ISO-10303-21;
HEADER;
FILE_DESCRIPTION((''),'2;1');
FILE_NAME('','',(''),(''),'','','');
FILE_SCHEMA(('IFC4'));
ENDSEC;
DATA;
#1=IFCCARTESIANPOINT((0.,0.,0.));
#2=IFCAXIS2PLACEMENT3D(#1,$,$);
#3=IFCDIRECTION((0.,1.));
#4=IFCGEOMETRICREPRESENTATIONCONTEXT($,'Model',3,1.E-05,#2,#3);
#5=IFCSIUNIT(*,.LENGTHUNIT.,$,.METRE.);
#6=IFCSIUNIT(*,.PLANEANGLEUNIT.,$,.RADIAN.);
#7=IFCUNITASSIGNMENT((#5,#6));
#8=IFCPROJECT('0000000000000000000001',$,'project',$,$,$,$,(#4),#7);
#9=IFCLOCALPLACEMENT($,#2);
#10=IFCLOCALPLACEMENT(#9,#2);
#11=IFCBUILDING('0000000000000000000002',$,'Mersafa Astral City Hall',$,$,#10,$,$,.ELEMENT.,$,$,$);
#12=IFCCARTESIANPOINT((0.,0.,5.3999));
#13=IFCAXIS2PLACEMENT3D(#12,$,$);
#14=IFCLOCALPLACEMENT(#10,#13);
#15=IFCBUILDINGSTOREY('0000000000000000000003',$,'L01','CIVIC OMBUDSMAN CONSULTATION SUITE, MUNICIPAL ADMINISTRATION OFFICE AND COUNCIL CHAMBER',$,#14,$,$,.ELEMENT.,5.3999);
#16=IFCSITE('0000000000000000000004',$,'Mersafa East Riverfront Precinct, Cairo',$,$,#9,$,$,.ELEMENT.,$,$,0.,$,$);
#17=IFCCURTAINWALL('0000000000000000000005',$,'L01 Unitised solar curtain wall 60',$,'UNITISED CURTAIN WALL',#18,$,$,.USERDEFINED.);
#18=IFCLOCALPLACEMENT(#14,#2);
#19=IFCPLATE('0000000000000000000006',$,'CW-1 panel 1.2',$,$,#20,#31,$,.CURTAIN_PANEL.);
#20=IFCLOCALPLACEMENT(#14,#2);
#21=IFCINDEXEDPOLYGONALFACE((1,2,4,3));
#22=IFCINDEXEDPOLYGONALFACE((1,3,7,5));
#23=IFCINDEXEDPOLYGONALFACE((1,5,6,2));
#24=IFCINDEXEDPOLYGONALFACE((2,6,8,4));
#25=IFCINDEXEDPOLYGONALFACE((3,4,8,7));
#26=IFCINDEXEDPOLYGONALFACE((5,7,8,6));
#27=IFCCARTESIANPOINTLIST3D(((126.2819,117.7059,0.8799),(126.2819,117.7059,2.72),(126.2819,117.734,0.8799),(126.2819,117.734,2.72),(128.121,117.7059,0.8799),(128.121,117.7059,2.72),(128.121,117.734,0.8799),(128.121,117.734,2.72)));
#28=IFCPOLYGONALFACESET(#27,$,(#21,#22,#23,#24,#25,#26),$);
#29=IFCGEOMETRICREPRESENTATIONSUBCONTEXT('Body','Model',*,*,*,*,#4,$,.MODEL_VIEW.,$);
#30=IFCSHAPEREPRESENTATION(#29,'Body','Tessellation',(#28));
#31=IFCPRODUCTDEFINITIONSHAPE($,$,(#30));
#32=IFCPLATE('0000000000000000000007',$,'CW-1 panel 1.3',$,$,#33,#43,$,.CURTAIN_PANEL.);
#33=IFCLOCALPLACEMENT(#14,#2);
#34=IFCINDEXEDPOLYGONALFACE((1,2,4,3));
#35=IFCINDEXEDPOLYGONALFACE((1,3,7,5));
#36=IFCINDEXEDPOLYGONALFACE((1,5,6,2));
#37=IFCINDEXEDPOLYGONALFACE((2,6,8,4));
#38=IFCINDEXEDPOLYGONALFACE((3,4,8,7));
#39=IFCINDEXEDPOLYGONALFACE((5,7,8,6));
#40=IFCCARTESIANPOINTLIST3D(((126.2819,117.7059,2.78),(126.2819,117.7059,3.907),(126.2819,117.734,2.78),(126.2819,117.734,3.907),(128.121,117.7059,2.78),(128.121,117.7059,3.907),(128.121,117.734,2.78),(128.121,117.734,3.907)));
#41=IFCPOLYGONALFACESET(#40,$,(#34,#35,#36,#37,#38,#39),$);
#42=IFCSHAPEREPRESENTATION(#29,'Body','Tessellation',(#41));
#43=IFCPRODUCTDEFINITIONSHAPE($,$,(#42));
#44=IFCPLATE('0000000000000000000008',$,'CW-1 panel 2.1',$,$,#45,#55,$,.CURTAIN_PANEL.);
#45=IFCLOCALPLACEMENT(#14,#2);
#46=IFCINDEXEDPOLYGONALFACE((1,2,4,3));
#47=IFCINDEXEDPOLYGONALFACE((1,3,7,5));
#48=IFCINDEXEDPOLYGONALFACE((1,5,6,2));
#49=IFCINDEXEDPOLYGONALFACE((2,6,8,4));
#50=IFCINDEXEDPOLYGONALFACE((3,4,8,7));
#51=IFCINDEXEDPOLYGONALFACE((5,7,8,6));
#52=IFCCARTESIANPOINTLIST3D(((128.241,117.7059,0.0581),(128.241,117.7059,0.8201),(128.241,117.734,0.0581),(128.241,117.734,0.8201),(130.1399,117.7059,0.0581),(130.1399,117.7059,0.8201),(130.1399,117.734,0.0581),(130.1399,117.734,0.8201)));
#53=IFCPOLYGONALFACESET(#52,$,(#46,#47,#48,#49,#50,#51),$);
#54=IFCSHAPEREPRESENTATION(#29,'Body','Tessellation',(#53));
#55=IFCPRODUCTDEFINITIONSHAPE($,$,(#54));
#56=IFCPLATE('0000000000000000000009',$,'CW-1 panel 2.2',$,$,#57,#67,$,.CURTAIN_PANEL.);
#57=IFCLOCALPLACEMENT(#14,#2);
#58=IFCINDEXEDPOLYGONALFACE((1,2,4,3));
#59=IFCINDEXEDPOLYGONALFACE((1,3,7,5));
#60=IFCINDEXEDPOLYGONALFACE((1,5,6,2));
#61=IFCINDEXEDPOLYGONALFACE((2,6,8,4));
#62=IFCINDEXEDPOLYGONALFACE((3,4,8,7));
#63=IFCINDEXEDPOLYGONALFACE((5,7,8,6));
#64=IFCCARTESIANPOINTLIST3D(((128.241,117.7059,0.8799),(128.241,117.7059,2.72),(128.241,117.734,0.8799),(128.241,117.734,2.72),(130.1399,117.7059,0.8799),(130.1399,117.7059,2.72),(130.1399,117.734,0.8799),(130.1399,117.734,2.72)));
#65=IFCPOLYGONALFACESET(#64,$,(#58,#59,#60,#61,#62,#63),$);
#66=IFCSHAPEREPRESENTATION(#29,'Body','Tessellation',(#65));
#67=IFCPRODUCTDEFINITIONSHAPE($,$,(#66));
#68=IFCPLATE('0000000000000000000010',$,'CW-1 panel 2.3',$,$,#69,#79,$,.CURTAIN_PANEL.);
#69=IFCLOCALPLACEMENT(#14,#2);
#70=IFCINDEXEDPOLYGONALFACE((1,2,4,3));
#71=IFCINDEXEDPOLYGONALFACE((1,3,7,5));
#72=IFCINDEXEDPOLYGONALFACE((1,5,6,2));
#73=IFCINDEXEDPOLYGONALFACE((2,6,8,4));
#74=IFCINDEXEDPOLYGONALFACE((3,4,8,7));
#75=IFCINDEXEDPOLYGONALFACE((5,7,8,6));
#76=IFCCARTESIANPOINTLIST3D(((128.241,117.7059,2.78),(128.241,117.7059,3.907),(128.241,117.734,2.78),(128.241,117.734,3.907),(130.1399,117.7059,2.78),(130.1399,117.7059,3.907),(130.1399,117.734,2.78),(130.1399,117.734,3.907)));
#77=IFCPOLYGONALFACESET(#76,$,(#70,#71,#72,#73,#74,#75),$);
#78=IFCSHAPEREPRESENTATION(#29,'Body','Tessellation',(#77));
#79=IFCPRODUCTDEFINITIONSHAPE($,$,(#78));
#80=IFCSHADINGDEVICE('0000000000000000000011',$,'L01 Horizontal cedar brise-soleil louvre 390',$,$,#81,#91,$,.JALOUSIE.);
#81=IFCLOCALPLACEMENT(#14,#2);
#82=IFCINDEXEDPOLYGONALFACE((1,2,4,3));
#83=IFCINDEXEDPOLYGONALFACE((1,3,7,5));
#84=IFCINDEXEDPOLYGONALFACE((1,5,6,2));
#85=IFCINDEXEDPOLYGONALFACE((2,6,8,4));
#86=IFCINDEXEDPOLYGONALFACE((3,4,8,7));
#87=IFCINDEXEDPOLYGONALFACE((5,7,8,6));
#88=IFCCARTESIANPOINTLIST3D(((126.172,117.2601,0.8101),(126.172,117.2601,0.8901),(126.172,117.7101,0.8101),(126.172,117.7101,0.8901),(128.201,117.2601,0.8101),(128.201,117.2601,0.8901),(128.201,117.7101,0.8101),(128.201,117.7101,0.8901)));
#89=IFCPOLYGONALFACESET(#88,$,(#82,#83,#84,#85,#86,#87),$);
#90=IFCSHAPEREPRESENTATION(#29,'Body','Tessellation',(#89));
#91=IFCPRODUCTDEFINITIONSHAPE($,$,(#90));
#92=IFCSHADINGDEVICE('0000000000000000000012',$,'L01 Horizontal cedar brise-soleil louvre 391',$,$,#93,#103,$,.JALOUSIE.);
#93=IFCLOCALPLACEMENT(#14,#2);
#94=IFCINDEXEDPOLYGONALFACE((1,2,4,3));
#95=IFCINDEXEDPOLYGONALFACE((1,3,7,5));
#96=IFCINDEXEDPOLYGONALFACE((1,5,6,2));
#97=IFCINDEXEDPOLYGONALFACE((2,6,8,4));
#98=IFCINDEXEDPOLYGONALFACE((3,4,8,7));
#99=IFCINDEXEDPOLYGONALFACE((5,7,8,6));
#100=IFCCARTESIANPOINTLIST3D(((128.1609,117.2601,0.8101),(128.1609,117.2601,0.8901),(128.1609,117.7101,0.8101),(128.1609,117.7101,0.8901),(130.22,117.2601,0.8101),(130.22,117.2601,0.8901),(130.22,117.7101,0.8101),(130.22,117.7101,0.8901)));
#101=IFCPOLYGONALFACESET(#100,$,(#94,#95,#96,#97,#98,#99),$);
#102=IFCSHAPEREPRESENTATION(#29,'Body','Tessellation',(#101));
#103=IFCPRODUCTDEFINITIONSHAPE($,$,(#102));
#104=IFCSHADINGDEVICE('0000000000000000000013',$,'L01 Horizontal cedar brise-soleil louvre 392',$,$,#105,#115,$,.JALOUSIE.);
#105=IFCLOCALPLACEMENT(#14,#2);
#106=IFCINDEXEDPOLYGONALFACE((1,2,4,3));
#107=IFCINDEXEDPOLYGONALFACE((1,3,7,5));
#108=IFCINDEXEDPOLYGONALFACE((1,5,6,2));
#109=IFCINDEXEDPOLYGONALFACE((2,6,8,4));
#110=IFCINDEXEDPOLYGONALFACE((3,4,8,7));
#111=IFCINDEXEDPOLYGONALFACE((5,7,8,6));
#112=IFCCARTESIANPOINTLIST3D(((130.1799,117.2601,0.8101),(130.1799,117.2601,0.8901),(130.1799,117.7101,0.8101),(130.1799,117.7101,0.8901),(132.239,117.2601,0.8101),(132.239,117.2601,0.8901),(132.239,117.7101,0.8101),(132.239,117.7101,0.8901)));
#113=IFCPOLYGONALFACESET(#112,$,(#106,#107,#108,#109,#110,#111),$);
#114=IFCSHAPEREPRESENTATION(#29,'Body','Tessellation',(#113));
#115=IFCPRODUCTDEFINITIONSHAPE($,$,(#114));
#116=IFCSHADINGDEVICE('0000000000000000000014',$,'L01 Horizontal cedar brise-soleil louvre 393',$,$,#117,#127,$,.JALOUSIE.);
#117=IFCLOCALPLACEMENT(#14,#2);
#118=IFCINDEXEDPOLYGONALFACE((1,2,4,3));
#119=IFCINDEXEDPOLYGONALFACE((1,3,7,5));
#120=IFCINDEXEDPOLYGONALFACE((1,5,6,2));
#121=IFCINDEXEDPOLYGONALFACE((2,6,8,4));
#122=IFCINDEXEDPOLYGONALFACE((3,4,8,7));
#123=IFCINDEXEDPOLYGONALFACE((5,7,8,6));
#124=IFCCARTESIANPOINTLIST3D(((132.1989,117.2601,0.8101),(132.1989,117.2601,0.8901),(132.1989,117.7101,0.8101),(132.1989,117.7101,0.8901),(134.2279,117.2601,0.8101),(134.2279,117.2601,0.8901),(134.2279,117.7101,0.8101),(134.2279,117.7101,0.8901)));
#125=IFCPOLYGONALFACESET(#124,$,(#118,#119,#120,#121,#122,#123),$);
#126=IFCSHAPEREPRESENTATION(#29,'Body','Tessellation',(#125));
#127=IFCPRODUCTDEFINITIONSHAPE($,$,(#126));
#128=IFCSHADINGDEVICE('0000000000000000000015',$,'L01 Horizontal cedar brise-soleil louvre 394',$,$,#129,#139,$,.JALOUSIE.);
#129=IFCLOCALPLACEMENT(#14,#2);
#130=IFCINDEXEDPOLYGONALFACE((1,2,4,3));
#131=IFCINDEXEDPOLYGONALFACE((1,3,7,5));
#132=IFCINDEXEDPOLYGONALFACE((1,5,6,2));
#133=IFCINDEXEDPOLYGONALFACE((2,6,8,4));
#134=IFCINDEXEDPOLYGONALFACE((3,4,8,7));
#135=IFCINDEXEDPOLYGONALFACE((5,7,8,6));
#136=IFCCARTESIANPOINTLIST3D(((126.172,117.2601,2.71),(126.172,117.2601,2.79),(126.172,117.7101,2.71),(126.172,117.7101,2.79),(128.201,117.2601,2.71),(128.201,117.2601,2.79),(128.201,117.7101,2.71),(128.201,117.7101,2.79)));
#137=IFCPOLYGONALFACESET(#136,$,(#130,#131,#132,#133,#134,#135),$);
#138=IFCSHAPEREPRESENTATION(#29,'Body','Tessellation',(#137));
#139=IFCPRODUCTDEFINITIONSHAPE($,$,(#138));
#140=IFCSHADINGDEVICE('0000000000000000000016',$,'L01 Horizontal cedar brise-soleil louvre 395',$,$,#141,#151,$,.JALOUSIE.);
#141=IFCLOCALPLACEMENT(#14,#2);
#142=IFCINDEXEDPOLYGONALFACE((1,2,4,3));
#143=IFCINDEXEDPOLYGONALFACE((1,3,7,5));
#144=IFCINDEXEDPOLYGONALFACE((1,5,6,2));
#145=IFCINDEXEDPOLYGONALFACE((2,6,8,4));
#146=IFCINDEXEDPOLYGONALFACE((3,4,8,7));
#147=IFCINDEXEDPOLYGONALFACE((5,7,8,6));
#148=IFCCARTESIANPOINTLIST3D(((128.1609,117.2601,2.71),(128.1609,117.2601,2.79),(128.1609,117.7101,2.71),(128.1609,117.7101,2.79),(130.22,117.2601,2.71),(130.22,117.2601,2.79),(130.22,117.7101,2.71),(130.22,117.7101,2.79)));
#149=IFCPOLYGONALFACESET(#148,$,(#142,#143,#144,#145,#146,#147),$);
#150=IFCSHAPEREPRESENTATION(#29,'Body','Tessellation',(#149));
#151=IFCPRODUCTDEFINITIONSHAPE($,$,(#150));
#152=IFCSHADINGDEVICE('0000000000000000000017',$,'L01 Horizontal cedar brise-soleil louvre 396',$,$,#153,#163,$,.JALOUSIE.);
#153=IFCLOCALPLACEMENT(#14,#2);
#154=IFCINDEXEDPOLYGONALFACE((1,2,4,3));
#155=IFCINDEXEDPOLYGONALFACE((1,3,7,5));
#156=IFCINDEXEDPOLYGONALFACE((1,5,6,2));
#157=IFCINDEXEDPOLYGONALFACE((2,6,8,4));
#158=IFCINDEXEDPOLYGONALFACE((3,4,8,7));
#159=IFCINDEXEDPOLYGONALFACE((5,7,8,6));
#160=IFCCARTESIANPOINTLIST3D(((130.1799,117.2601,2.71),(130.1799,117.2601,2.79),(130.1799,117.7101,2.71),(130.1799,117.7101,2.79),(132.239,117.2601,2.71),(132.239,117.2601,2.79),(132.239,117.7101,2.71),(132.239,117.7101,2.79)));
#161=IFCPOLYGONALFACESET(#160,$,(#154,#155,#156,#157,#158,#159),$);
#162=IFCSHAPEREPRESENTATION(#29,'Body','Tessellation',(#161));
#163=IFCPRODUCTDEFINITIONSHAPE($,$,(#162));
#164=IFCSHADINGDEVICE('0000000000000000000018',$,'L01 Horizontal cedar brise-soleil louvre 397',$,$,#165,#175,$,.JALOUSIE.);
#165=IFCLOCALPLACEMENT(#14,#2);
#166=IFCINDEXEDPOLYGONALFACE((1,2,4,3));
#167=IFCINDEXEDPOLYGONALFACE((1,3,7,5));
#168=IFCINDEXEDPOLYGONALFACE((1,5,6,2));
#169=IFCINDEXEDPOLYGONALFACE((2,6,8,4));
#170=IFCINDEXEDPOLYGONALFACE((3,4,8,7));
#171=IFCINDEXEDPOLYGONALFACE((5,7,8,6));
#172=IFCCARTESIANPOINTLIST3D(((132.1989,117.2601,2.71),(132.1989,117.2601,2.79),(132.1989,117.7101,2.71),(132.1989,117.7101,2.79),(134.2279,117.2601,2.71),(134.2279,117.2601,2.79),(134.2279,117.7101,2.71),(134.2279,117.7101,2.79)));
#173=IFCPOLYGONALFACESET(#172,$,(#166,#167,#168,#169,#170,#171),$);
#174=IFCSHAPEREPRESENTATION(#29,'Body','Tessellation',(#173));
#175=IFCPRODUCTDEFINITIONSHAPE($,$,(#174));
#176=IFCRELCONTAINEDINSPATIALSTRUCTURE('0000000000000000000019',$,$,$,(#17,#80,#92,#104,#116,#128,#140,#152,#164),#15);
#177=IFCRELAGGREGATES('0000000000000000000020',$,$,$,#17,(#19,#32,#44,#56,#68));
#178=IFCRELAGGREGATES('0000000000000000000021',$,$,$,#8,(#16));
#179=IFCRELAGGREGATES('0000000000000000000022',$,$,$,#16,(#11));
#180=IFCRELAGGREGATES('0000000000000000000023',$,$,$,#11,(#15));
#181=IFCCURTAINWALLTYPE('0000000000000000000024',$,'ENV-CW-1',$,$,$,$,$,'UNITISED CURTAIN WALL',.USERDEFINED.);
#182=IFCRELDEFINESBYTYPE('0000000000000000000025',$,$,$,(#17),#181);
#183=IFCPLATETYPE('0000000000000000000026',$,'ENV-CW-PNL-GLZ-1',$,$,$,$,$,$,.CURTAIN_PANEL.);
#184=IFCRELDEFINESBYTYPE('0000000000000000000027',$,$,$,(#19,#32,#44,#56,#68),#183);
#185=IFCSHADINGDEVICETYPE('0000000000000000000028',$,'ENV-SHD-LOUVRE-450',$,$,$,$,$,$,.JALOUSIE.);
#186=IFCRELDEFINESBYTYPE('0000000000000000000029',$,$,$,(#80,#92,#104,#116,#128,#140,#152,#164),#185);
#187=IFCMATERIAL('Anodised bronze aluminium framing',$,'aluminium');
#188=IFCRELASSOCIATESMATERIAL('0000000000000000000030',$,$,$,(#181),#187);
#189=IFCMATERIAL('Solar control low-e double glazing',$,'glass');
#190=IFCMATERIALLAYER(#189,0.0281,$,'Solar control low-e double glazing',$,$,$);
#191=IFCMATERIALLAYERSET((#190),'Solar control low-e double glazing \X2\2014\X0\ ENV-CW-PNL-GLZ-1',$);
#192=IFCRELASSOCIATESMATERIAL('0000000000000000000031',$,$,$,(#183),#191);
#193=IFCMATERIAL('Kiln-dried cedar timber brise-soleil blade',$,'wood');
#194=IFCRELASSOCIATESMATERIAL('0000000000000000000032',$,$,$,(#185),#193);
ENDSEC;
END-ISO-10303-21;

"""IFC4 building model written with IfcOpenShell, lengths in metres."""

from ifc_helpers import new_model, si_unit, direction, frame, origin, origin_2d, place, context, subcontext, project, spatial, rectangle, extrude, material, layer, layer_set, type_object, element, aggregate, save


model = new_model("IFC4")

# Units and contexts
model_context = context("Model", 3, precision=1e-05, world=origin(), true_north=direction((0.0, 1.0)))
body_context = subcontext(model_context, "Body", "Model", "MODEL_VIEW")
ifc_project = project(units=[si_unit("LENGTHUNIT", "METRE"), si_unit("PLANEANGLEUNIT", "RADIAN")], contexts=[model_context])

# Site, building, storey
site_placement = place(None, origin())
site = spatial("IfcSite", under=ifc_project, at=site_placement, Name="Mersafa East Riverfront Precinct, Cairo", CompositionType="ELEMENT", RefElevation=0.0)
building_placement = place(site_placement, origin())
building = spatial("IfcBuilding", under=site, at=building_placement, Name="Mersafa Astral City Hall", CompositionType="ELEMENT")
storey_placement = place(building_placement, frame((0.0, 0.0, 5.3999)))
storey = spatial("IfcBuildingStorey", under=building, at=storey_placement, Name="L01", Description="CIVIC OMBUDSMAN CONSULTATION SUITE, MUNICIPAL ADMINISTRATION OFFICE AND COUNCIL CHAMBER", CompositionType="ELEMENT", Elevation=5.3999)

# Curtain wall
ifc_material_1 = material(Name="Anodised bronze aluminium framing", Category="aluminium")
curtain_wall_type = type_object("IfcCurtainWallType", Name="ENV-CW-1", ElementType="UNITISED CURTAIN WALL", PredefinedType="USERDEFINED", material=ifc_material_1)
curtain_wall_placement = place(storey_placement, origin())
curtain_wall = element("IfcCurtainWall", 1, at=curtain_wall_placement, inside=storey, type_object=curtain_wall_type, Name="L01 Unitised solar curtain wall 60", ObjectType="UNITISED CURTAIN WALL", PredefinedType="USERDEFINED")

# Plates
ifc_material_2 = material(Name="Solar control low-e double glazing", Category="glass")
ifc_layer = layer(ifc_material_2, 0.0281, Name="Solar control low-e double glazing")
ifc_layer_set = layer_set([ifc_layer], Name="Solar control low-e double glazing — ENV-CW-PNL-GLZ-1")
plate_type = type_object("IfcPlateType", Name="ENV-CW-PNL-GLZ-1", PredefinedType="CURTAIN_PANEL", material=ifc_layer_set)
plate_1_placement = place(storey_placement, frame((127.2014, 117.72, 0.8799), z_axis=(0.0, 0.0, 1.0), x_axis=(1.0, 0.0, 0.0)))
plate_1 = element("IfcPlate", 2, at=plate_1_placement, type_object=plate_type, Name="CW-1 panel 1.2", PredefinedType="CURTAIN_PANEL", context=body_context, shape_type="SweptSolid", body=[
    extrude(rectangle(XDim=1.8391, YDim=0.0281, at=origin_2d()), origin(), (0.0, 0.0, 1.0), 1.8401),
])
plate_2_placement = place(storey_placement, frame((127.2014, 117.72, 2.78), z_axis=(0.0, 0.0, 1.0), x_axis=(1.0, 0.0, 0.0)))
plate_2 = element("IfcPlate", 3, at=plate_2_placement, type_object=plate_type, Name="CW-1 panel 1.3", PredefinedType="CURTAIN_PANEL", context=body_context, shape_type="SweptSolid", body=[
    extrude(rectangle(XDim=1.8391, YDim=0.0281, at=origin_2d()), origin(), (0.0, 0.0, 1.0), 1.127),
])
plate_3_placement = place(storey_placement, frame((129.1904, 117.72, 0.0581), z_axis=(0.0, 0.0, 1.0), x_axis=(1.0, 0.0, 0.0)))
plate_3 = element("IfcPlate", 4, at=plate_3_placement, type_object=plate_type, Name="CW-1 panel 2.1", PredefinedType="CURTAIN_PANEL", context=body_context, shape_type="SweptSolid", body=[
    extrude(rectangle(XDim=1.8989, YDim=0.0281, at=origin_2d()), origin(), (0.0, 0.0, 1.0), 0.762),
])
plate_4_placement = place(storey_placement, frame((129.1904, 117.72, 0.8799), z_axis=(0.0, 0.0, 1.0), x_axis=(1.0, 0.0, 0.0)))
plate_4 = element("IfcPlate", 5, at=plate_4_placement, type_object=plate_type, Name="CW-1 panel 2.2", PredefinedType="CURTAIN_PANEL", context=body_context, shape_type="SweptSolid", body=[
    extrude(rectangle(XDim=1.8989, YDim=0.0281, at=origin_2d()), origin(), (0.0, 0.0, 1.0), 1.8401),
])
plate_5_placement = place(storey_placement, frame((129.1904, 117.72, 2.78), z_axis=(0.0, 0.0, 1.0), x_axis=(1.0, 0.0, 0.0)))
plate_5 = element("IfcPlate", 6, at=plate_5_placement, type_object=plate_type, Name="CW-1 panel 2.3", PredefinedType="CURTAIN_PANEL", context=body_context, shape_type="SweptSolid", body=[
    extrude(rectangle(XDim=1.8989, YDim=0.0281, at=origin_2d()), origin(), (0.0, 0.0, 1.0), 1.127),
])
aggregate(curtain_wall, [plate_1, plate_2, plate_3, plate_4, plate_5])

# Shading devices
ifc_material_3 = material(Name="Kiln-dried cedar timber brise-soleil blade", Category="wood")
shading_device_type = type_object("IfcShadingDeviceType", Name="ENV-SHD-LOUVRE-450", PredefinedType="JALOUSIE", material=ifc_material_3)
shading_device_1_placement = place(storey_placement, frame((127.1865, 117.4851, 0.8101), z_axis=(0.0, 0.0, 1.0), x_axis=(1.0, 0.0, 0.0)))
element("IfcShadingDevice", 7, at=shading_device_1_placement, inside=storey, type_object=shading_device_type, Name="L01 Horizontal cedar brise-soleil louvre 390", PredefinedType="JALOUSIE", context=body_context, shape_type="SweptSolid", body=[
    extrude(rectangle(XDim=2.0291, YDim=0.45, at=origin_2d()), origin(), (0.0, 0.0, 1.0), 0.0801),
])
for number, where, z_axis, x_axis, name in (
    (8, (129.1904, 117.4851, 0.8101), (0.0, 0.0, 1.0), (1.0, 0.0, 0.0), "L01 Horizontal cedar brise-soleil louvre 391"),
    (9, (131.2095, 117.4851, 0.8101), (0.0, 0.0, 1.0), (1.0, 0.0, 0.0), "L01 Horizontal cedar brise-soleil louvre 392"),
):
    element("IfcShadingDevice", number, at=place(storey_placement, frame(where, z_axis=z_axis, x_axis=x_axis)), inside=storey, type_object=shading_device_type, Name=name, PredefinedType="JALOUSIE", context=body_context, shape_type="SweptSolid", body=[
        extrude(rectangle(XDim=2.0591, YDim=0.45, at=origin_2d()), origin(), (0.0, 0.0, 1.0), 0.0801),
    ])
for number, where, z_axis, x_axis, name in (
    (10, (133.2134, 117.4851, 0.8101), (0.0, 0.0, 1.0), (1.0, 0.0, 0.0), "L01 Horizontal cedar brise-soleil louvre 393"),
    (11, (127.1865, 117.4851, 2.71), (0.0, 0.0, 1.0), (1.0, 0.0, 0.0), "L01 Horizontal cedar brise-soleil louvre 394"),
):
    element("IfcShadingDevice", number, at=place(storey_placement, frame(where, z_axis=z_axis, x_axis=x_axis)), inside=storey, type_object=shading_device_type, Name=name, PredefinedType="JALOUSIE", context=body_context, shape_type="SweptSolid", body=[
        extrude(rectangle(XDim=2.0291, YDim=0.45, at=origin_2d()), origin(), (0.0, 0.0, 1.0), 0.0801),
    ])
for number, where, z_axis, x_axis, name in (
    (12, (129.1904, 117.4851, 2.71), (0.0, 0.0, 1.0), (1.0, 0.0, 0.0), "L01 Horizontal cedar brise-soleil louvre 395"),
    (13, (131.2095, 117.4851, 2.71), (0.0, 0.0, 1.0), (1.0, 0.0, 0.0), "L01 Horizontal cedar brise-soleil louvre 396"),
):
    element("IfcShadingDevice", number, at=place(storey_placement, frame(where, z_axis=z_axis, x_axis=x_axis)), inside=storey, type_object=shading_device_type, Name=name, PredefinedType="JALOUSIE", context=body_context, shape_type="SweptSolid", body=[
        extrude(rectangle(XDim=2.0591, YDim=0.45, at=origin_2d()), origin(), (0.0, 0.0, 1.0), 0.0801),
    ])
shading_device_2_placement = place(storey_placement, frame((133.2134, 117.4851, 2.71), z_axis=(0.0, 0.0, 1.0), x_axis=(1.0, 0.0, 0.0)))
element("IfcShadingDevice", 14, at=shading_device_2_placement, inside=storey, type_object=shading_device_type, Name="L01 Horizontal cedar brise-soleil louvre 397", PredefinedType="JALOUSIE", context=body_context, shape_type="SweptSolid", body=[
    extrude(rectangle(XDim=2.0291, YDim=0.45, at=origin_2d()), origin(), (0.0, 0.0, 1.0), 0.0801),
])

save(model, "model.ifc")
